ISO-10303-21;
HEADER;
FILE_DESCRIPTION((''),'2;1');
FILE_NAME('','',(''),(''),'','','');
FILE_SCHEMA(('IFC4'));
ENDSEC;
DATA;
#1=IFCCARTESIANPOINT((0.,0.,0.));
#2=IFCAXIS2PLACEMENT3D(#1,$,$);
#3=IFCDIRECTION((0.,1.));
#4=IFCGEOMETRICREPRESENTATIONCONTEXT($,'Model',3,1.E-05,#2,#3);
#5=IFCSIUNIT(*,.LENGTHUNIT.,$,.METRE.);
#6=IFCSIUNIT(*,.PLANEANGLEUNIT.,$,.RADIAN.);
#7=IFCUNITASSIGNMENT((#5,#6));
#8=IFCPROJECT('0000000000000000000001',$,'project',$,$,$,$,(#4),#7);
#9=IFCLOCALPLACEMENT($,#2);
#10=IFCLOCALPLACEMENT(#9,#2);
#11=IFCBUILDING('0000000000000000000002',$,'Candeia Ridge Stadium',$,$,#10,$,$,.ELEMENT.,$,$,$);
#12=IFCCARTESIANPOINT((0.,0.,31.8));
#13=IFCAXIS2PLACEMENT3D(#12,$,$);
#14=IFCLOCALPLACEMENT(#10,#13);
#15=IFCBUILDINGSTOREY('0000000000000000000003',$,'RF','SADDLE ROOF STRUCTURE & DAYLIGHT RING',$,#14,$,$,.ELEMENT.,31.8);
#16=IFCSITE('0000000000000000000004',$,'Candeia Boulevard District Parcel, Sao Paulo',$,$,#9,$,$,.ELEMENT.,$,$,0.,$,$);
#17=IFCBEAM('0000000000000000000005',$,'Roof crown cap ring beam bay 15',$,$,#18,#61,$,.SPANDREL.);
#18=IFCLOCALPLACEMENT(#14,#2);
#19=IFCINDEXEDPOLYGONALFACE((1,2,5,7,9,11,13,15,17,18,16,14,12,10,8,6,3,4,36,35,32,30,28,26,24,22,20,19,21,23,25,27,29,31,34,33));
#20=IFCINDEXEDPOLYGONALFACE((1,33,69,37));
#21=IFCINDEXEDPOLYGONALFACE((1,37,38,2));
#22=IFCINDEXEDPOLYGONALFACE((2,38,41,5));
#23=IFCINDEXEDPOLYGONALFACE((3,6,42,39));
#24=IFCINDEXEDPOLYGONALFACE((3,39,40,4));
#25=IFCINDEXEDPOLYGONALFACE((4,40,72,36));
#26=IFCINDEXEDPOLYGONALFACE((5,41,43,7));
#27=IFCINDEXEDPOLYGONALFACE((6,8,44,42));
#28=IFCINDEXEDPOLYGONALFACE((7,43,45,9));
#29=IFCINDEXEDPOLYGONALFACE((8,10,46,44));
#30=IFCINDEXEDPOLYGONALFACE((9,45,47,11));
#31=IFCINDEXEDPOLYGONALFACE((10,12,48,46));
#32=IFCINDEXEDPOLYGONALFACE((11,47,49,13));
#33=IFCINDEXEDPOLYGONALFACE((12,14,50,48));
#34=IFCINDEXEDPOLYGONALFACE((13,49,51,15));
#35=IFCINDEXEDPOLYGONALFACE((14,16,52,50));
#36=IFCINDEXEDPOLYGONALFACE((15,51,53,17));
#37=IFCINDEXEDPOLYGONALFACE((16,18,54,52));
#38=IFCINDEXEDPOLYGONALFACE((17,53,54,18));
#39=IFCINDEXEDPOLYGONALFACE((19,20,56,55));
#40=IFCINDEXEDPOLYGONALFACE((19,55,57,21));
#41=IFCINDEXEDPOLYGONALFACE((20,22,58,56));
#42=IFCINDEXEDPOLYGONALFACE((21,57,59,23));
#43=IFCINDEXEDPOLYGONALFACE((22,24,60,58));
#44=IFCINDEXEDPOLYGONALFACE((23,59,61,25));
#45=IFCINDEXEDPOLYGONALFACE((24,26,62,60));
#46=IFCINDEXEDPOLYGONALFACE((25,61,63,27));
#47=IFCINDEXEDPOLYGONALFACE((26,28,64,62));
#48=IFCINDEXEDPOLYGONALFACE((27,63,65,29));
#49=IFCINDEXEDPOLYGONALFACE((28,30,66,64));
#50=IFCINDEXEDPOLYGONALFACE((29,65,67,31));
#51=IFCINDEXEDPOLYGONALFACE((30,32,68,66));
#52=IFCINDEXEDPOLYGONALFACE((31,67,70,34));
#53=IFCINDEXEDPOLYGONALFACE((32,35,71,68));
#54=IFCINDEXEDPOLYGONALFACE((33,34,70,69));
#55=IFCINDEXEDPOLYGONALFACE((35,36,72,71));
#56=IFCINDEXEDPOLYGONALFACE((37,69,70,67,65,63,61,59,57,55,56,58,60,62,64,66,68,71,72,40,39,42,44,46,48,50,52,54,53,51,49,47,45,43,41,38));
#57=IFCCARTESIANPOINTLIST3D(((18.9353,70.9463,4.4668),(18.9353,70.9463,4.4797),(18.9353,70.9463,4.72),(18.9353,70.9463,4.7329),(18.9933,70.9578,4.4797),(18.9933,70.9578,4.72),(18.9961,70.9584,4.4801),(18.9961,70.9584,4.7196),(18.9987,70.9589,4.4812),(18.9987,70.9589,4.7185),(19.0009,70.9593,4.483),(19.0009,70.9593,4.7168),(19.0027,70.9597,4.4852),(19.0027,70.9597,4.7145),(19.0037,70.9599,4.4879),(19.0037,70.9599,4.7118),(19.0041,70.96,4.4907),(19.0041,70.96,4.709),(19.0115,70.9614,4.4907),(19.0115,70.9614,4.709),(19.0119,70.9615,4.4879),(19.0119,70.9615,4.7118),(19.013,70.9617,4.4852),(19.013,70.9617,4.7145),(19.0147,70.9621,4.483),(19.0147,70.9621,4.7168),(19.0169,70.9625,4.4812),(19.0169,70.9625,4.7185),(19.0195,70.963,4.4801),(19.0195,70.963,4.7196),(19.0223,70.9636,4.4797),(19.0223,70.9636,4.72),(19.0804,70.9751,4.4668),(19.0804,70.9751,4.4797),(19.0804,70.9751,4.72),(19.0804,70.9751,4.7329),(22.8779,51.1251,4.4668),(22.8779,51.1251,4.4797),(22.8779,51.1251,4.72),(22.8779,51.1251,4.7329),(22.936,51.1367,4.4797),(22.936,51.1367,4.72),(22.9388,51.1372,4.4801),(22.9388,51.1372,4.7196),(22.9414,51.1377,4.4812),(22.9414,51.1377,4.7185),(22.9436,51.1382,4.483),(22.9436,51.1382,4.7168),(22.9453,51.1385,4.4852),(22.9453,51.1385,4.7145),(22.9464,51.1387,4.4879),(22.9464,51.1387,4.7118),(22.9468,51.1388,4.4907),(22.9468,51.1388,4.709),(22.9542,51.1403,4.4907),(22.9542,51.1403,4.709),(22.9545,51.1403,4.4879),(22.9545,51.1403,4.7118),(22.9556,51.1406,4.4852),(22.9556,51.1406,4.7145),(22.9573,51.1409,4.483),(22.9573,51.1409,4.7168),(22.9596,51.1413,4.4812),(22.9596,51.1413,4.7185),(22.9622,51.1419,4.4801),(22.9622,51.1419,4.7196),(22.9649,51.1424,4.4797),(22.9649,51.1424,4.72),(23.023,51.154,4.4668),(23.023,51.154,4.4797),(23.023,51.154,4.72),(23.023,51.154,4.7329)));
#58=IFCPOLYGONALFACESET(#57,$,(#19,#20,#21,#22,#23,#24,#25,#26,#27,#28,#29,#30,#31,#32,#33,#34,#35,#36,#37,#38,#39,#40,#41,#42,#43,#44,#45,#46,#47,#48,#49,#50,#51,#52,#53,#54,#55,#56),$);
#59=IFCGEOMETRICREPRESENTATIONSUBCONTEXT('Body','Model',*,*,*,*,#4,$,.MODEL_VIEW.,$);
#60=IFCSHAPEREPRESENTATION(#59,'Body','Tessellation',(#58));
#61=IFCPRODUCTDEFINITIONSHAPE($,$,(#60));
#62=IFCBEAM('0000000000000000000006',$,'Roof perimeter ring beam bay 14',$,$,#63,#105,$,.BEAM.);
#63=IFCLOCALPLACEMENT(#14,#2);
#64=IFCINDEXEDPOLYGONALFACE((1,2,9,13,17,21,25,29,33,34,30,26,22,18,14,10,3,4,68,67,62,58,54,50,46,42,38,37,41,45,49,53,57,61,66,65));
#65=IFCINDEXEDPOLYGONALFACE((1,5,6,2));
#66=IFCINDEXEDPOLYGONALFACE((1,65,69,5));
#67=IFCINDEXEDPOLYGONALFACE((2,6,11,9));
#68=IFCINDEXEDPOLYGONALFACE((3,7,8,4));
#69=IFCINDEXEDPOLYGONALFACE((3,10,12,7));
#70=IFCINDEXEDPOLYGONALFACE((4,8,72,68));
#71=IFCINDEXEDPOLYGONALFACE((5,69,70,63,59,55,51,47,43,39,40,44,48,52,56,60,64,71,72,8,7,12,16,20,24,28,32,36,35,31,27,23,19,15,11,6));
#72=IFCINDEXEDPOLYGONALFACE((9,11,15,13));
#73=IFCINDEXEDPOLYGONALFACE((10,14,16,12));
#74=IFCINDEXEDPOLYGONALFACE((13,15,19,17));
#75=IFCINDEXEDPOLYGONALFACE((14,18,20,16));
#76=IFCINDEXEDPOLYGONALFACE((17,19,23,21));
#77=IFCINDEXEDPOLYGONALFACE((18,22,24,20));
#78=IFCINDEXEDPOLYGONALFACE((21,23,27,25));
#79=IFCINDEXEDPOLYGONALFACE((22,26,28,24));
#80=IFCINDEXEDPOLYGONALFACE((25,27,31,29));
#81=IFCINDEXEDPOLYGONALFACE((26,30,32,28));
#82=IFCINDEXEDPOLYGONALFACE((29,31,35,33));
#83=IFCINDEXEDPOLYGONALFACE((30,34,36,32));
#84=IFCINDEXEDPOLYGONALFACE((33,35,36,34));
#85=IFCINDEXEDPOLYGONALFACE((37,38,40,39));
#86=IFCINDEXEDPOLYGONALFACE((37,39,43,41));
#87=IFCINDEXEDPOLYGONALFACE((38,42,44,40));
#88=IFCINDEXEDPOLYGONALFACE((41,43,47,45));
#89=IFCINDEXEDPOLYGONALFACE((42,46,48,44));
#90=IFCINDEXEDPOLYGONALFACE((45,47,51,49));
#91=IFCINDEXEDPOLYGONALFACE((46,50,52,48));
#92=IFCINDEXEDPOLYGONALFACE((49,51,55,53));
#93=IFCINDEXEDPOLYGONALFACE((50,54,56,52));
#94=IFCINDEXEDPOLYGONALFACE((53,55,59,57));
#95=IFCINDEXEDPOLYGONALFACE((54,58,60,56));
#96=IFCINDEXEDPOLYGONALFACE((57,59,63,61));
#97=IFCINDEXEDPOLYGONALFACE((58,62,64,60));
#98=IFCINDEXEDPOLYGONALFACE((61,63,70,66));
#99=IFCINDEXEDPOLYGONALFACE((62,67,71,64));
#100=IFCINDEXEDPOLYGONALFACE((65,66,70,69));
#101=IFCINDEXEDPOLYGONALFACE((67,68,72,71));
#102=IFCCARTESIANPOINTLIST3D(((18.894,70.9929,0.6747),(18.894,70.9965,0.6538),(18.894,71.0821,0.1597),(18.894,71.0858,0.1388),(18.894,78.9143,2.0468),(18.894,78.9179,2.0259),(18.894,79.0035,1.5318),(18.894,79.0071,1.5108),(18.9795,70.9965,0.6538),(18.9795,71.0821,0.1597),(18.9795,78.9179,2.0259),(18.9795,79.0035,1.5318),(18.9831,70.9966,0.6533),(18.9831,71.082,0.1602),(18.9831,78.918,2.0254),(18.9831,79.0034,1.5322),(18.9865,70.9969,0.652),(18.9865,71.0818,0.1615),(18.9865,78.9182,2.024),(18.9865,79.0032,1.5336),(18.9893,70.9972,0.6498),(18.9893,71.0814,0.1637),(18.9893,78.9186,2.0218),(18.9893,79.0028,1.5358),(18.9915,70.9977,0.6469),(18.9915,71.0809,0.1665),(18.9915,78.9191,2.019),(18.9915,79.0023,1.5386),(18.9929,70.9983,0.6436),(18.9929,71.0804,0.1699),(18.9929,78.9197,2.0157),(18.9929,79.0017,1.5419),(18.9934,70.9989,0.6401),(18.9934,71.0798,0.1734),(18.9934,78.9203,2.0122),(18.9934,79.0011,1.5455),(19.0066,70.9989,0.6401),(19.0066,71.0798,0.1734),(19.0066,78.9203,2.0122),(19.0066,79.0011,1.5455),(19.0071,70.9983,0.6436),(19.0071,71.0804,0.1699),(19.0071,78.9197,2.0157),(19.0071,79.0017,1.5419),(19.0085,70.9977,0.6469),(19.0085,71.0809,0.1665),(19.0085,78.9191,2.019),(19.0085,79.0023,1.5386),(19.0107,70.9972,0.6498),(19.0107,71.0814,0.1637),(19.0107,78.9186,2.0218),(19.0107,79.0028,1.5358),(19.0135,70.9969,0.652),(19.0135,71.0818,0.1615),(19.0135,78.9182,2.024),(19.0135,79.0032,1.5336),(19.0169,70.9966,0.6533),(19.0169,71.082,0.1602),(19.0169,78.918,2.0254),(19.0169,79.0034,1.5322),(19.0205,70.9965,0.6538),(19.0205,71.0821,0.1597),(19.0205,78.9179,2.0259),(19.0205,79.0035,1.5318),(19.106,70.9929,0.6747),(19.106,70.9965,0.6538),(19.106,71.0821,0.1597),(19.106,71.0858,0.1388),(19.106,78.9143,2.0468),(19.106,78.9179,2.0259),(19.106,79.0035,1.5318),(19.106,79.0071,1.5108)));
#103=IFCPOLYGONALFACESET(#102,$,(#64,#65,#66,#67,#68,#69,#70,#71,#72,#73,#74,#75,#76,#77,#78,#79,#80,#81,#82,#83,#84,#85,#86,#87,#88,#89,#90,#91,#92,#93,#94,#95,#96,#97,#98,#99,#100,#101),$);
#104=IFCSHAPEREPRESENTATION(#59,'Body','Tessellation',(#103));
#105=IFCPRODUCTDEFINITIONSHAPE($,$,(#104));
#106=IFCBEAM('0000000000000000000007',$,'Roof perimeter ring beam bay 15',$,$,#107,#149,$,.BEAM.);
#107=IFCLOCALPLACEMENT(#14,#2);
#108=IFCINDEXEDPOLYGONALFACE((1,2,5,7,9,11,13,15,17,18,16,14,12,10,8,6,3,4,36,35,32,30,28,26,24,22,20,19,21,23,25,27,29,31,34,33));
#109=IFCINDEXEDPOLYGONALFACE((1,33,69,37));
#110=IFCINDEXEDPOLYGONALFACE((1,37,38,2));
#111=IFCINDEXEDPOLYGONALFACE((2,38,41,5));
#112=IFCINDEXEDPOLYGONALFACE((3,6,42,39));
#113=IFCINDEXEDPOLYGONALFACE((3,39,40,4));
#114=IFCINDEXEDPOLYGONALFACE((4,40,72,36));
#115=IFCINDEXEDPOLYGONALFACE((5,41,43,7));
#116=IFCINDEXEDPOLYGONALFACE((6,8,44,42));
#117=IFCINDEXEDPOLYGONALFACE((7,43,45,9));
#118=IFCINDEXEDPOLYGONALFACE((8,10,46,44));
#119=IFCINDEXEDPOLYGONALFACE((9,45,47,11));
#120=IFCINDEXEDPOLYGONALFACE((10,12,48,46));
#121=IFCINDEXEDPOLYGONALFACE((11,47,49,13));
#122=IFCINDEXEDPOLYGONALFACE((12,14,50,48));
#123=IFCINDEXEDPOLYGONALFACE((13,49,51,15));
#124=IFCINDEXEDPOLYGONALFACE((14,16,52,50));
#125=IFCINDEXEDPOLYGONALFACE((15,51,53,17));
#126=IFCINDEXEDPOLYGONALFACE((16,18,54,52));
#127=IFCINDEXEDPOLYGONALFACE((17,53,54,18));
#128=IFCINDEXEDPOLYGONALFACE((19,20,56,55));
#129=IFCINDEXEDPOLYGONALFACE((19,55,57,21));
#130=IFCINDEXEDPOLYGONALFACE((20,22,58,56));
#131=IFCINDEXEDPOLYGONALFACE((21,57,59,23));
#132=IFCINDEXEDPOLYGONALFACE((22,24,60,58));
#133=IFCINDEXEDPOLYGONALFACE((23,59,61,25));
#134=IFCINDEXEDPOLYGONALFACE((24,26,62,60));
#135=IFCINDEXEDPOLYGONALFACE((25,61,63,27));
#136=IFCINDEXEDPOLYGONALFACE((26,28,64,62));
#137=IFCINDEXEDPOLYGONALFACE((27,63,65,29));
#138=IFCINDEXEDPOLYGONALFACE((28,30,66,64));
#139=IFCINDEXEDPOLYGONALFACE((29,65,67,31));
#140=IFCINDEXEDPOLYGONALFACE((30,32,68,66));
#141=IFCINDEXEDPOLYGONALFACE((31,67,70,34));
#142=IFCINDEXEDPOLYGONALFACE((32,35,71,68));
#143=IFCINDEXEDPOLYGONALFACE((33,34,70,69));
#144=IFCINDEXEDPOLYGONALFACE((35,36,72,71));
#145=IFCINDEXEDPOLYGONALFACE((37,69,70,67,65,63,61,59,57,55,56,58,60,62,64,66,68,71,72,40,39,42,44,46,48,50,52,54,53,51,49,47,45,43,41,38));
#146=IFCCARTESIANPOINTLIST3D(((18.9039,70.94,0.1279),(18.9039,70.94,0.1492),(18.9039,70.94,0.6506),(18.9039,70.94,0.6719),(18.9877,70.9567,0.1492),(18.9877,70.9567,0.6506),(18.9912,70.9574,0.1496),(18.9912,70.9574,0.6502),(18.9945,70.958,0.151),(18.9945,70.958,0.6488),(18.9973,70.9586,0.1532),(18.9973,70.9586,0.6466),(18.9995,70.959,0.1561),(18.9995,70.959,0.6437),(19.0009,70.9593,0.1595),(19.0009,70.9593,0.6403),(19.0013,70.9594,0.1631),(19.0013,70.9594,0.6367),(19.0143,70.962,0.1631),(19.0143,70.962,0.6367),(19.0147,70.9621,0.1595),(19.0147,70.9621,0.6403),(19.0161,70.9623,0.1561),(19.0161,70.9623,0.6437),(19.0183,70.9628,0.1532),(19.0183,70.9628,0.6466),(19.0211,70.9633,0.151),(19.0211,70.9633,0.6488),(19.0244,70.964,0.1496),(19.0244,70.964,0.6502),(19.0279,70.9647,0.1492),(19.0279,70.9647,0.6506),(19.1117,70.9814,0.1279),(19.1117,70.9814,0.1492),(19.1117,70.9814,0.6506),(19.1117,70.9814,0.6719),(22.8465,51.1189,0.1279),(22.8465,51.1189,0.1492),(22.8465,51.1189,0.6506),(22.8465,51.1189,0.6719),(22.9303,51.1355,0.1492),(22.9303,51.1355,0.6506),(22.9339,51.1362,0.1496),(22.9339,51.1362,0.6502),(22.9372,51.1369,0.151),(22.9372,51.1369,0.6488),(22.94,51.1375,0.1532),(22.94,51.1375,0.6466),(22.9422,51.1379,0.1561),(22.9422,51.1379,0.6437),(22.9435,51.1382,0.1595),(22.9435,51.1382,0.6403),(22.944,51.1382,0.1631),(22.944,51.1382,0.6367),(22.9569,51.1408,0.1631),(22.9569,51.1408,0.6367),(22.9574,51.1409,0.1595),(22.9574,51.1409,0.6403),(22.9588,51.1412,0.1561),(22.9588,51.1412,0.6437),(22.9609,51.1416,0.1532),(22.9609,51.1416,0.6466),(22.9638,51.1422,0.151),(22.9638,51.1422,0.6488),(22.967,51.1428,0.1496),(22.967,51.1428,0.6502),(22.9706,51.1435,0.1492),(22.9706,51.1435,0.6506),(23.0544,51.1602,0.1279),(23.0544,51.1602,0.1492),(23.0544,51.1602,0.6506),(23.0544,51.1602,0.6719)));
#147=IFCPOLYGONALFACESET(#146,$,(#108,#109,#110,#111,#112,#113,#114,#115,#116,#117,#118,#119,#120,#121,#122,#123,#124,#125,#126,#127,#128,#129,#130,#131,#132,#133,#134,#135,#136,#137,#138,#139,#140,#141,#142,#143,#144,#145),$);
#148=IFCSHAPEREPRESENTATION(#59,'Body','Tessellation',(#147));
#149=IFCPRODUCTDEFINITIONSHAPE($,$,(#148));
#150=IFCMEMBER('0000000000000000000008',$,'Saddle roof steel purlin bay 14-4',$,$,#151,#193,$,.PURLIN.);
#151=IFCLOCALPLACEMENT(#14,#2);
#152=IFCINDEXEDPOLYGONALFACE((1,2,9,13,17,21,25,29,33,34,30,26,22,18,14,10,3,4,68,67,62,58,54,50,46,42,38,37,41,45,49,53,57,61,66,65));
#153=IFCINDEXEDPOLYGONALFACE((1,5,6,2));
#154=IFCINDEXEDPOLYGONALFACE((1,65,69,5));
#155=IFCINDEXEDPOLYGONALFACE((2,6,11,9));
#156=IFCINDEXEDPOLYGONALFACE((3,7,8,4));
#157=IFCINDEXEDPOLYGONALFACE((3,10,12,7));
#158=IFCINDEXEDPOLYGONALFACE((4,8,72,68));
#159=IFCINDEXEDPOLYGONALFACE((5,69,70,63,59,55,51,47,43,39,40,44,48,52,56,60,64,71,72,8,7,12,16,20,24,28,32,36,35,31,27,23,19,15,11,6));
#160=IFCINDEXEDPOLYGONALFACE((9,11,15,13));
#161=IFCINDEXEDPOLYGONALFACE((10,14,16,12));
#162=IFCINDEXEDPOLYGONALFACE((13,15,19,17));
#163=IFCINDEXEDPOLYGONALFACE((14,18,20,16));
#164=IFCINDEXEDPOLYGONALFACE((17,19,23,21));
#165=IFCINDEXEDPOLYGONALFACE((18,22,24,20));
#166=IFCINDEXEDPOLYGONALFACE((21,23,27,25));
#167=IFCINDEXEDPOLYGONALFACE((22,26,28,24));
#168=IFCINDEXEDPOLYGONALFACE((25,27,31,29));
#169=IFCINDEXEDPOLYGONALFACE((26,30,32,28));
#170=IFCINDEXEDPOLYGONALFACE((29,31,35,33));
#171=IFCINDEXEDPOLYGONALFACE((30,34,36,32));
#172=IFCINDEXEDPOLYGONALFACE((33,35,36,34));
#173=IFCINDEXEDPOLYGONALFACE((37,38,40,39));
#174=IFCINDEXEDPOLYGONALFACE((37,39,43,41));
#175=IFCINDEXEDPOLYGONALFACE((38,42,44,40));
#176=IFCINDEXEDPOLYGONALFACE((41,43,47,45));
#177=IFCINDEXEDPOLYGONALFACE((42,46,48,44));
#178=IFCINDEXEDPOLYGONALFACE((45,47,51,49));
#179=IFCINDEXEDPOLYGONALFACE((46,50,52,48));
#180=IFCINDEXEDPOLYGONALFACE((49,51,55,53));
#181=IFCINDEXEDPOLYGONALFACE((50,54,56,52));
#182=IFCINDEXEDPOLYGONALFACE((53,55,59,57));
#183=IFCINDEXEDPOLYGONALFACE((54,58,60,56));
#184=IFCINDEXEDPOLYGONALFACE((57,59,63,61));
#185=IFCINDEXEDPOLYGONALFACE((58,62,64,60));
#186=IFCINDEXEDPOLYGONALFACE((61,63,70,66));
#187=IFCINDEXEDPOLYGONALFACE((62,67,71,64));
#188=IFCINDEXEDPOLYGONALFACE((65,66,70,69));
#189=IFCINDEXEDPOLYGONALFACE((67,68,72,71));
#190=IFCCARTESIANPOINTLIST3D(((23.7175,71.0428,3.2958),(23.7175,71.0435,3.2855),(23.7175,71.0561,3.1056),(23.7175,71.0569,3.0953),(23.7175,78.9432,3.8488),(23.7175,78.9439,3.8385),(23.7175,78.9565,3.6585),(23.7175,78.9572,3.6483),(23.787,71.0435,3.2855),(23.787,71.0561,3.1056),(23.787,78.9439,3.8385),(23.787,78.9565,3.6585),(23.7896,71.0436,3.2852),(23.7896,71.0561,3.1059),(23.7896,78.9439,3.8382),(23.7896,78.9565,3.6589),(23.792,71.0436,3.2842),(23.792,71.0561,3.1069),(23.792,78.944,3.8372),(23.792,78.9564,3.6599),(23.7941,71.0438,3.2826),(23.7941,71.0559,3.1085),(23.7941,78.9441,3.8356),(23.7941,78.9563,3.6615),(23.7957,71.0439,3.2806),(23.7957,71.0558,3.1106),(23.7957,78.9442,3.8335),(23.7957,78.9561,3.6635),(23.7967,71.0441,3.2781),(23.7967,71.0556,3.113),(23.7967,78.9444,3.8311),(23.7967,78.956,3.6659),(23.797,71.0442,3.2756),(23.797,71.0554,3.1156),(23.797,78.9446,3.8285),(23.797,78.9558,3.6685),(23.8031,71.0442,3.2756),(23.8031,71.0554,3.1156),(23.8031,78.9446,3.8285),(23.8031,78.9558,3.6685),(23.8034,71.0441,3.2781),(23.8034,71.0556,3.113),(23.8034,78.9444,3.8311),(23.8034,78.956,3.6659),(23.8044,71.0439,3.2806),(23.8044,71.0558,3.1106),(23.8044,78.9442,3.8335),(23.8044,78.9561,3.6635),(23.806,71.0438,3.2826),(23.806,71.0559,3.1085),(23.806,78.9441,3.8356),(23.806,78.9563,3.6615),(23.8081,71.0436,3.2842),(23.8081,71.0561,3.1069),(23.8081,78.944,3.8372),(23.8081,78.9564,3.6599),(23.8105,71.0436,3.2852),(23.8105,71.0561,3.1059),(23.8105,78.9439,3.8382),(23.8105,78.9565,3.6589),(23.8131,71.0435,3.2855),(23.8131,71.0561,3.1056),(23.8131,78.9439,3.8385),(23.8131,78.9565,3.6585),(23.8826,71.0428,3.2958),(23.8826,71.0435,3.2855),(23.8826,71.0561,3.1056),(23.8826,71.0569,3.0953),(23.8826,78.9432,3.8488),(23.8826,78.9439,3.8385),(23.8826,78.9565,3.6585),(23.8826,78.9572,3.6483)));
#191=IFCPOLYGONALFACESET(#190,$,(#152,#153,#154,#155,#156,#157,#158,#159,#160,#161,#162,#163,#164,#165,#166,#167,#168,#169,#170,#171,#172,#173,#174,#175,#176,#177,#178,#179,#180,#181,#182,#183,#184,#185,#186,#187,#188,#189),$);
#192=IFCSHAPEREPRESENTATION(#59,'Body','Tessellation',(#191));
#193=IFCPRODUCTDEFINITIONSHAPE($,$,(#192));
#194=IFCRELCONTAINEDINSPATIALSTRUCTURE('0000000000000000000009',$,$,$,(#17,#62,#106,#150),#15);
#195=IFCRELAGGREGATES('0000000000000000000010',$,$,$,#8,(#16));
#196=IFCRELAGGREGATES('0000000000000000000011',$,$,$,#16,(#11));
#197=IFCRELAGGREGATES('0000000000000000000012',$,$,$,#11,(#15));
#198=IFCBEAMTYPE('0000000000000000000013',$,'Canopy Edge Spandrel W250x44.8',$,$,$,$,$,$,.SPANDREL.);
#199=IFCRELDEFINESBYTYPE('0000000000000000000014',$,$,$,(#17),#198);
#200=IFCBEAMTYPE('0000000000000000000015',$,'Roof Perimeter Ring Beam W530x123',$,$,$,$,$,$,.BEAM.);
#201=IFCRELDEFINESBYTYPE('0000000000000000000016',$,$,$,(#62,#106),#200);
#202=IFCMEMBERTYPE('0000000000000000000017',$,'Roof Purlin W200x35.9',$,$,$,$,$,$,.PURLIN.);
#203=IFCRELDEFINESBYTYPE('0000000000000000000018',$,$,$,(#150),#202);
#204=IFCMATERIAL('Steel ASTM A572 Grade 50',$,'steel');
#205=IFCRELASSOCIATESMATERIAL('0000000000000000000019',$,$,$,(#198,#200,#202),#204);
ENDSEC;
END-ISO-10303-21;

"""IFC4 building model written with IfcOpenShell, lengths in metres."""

from ifc_helpers import new_model, si_unit, direction, frame, origin, origin_2d, place, context, subcontext, project, spatial, i_section, extrude, material, material_profile, profile_set, type_object, element, save


model = new_model("IFC4")

# Units and contexts
model_context = context("Model", 3, precision=1e-05, world=origin(), true_north=direction((0.0, 1.0)))
body_context = subcontext(model_context, "Body", "Model", "MODEL_VIEW")
ifc_project = project(units=[si_unit("LENGTHUNIT", "METRE"), si_unit("PLANEANGLEUNIT", "RADIAN")], contexts=[model_context])

# Site, building, storey
site_placement = place(None, origin())
site = spatial("IfcSite", under=ifc_project, at=site_placement, Name="Candeia Boulevard District Parcel, Sao Paulo", CompositionType="ELEMENT", RefElevation=0.0)
building_placement = place(site_placement, origin())
building = spatial("IfcBuilding", under=site, at=building_placement, Name="Candeia Ridge Stadium", CompositionType="ELEMENT")
storey_placement = place(building_placement, frame((0.0, 0.0, 31.8)))
storey = spatial("IfcBuildingStorey", under=building, at=storey_placement, Name="RF", Description="SADDLE ROOF STRUCTURE & DAYLIGHT RING", CompositionType="ELEMENT", Elevation=31.8)

# Shared definitions
ifc_material_1 = material(Name="Steel ASTM A572 Grade 50", Category="steel")

# Beams
ifc_material_profile_1 = material_profile(ifc_material_1, i_section(OverallWidth=0.1479, OverallDepth=0.2661, WebThickness=0.0076, FlangeThickness=0.0129, FilletRadius=0.011, at=origin_2d()), Name="W250x44.8", Category="steel")
ifc_profile_set_1 = profile_set([ifc_material_profile_1], Name="Steel ASTM A572 Grade 50")
beam_type_1 = type_object("IfcBeamType", Name="Canopy Edge Spandrel W250x44.8", PredefinedType="SPANDREL", material=ifc_profile_set_1)
beam_1_placement = place(storey_placement, frame((19.0078, 70.9607, 4.5999), z_axis=(0.195089, -0.980786, 0.0), x_axis=(0.980786, 0.195089, 0.0)))
element("IfcBeam", 1, at=beam_1_placement, inside=storey, type_object=beam_type_1, Name="Roof crown cap ring beam bay 15", PredefinedType="SPANDREL", context=body_context, shape_type="SweptSolid", body=[
    extrude(i_section(OverallWidth=0.1479, OverallDepth=0.2661, WebThickness=0.0076, FlangeThickness=0.0129, FilletRadius=0.011, at=origin_2d()), origin(), (0.0, 0.0, 1.0), 20.2095),
])
ifc_material_profile_2 = material_profile(ifc_material_1, i_section(OverallWidth=0.2119, OverallDepth=0.5439, WebThickness=0.0132, FlangeThickness=0.0212, FilletRadius=0.0139, at=origin_2d()), Name="W530x123", Category="steel")
ifc_profile_set_2 = profile_set([ifc_material_profile_2], Name="Steel ASTM A572 Grade 50")
beam_type_2 = type_object("IfcBeamType", Name="Roof Perimeter Ring Beam W530x123", PredefinedType="BEAM", material=ifc_profile_set_2)
beam_2_placement = place(storey_placement, frame((19.0, 78.9607, 1.7788), z_axis=(0.0, -0.985328, -0.17067), x_axis=(1.0, 0.0, 0.0)))
element("IfcBeam", 2, at=beam_2_placement, inside=storey, type_object=beam_type_2, Name="Roof perimeter ring beam bay 14", PredefinedType="BEAM", context=body_context, shape_type="SweptSolid", body=[
    extrude(i_section(OverallWidth=0.2119, OverallDepth=0.5439, WebThickness=0.0132, FlangeThickness=0.0212, FilletRadius=0.0139, at=origin_2d()), origin(), (0.0, 0.0, 1.0), 8.0393),
])
beam_3_placement = place(storey_placement, frame((19.0078, 70.9607, 0.3999), z_axis=(0.195089, -0.980786, 0.0), x_axis=(0.980786, 0.195089, 0.0)))
element("IfcBeam", 3, at=beam_3_placement, inside=storey, type_object=beam_type_2, Name="Roof perimeter ring beam bay 15", PredefinedType="BEAM", context=body_context, shape_type="SweptSolid", body=[
    extrude(i_section(OverallWidth=0.2119, OverallDepth=0.5439, WebThickness=0.0132, FlangeThickness=0.0212, FilletRadius=0.0139, at=origin_2d()), origin(), (0.0, 0.0, 1.0), 20.2095),
])

# Member
ifc_material_profile_3 = material_profile(ifc_material_1, i_section(OverallWidth=0.165, OverallDepth=0.2009, WebThickness=0.0061, FlangeThickness=0.0103, FilletRadius=0.01, at=origin_2d()), Name="W200x35.9", Category="steel")
ifc_profile_set_3 = profile_set([ifc_material_profile_3], Name="Steel ASTM A572 Grade 50")
member_type_1 = type_object("IfcMemberType", Name="Roof Purlin W200x35.9", PredefinedType="PURLIN", material=ifc_profile_set_3)
member_1_placement = place(storey_placement, frame((23.8, 78.9502, 3.7485), z_axis=(0.0, -0.997559, -0.069823), x_axis=(1.0, 0.0, 0.0)))
element("IfcMember", 4, at=member_1_placement, inside=storey, type_object=member_type_1, Name="Saddle roof steel purlin bay 14-4", PredefinedType="PURLIN", context=body_context, shape_type="SweptSolid", body=[
    extrude(i_section(OverallWidth=0.165, OverallDepth=0.2009, WebThickness=0.0061, FlangeThickness=0.0103, FilletRadius=0.01, at=origin_2d()), origin(), (0.0, 0.0, 1.0), 7.9197),
])

save(model, "model.ifc")
